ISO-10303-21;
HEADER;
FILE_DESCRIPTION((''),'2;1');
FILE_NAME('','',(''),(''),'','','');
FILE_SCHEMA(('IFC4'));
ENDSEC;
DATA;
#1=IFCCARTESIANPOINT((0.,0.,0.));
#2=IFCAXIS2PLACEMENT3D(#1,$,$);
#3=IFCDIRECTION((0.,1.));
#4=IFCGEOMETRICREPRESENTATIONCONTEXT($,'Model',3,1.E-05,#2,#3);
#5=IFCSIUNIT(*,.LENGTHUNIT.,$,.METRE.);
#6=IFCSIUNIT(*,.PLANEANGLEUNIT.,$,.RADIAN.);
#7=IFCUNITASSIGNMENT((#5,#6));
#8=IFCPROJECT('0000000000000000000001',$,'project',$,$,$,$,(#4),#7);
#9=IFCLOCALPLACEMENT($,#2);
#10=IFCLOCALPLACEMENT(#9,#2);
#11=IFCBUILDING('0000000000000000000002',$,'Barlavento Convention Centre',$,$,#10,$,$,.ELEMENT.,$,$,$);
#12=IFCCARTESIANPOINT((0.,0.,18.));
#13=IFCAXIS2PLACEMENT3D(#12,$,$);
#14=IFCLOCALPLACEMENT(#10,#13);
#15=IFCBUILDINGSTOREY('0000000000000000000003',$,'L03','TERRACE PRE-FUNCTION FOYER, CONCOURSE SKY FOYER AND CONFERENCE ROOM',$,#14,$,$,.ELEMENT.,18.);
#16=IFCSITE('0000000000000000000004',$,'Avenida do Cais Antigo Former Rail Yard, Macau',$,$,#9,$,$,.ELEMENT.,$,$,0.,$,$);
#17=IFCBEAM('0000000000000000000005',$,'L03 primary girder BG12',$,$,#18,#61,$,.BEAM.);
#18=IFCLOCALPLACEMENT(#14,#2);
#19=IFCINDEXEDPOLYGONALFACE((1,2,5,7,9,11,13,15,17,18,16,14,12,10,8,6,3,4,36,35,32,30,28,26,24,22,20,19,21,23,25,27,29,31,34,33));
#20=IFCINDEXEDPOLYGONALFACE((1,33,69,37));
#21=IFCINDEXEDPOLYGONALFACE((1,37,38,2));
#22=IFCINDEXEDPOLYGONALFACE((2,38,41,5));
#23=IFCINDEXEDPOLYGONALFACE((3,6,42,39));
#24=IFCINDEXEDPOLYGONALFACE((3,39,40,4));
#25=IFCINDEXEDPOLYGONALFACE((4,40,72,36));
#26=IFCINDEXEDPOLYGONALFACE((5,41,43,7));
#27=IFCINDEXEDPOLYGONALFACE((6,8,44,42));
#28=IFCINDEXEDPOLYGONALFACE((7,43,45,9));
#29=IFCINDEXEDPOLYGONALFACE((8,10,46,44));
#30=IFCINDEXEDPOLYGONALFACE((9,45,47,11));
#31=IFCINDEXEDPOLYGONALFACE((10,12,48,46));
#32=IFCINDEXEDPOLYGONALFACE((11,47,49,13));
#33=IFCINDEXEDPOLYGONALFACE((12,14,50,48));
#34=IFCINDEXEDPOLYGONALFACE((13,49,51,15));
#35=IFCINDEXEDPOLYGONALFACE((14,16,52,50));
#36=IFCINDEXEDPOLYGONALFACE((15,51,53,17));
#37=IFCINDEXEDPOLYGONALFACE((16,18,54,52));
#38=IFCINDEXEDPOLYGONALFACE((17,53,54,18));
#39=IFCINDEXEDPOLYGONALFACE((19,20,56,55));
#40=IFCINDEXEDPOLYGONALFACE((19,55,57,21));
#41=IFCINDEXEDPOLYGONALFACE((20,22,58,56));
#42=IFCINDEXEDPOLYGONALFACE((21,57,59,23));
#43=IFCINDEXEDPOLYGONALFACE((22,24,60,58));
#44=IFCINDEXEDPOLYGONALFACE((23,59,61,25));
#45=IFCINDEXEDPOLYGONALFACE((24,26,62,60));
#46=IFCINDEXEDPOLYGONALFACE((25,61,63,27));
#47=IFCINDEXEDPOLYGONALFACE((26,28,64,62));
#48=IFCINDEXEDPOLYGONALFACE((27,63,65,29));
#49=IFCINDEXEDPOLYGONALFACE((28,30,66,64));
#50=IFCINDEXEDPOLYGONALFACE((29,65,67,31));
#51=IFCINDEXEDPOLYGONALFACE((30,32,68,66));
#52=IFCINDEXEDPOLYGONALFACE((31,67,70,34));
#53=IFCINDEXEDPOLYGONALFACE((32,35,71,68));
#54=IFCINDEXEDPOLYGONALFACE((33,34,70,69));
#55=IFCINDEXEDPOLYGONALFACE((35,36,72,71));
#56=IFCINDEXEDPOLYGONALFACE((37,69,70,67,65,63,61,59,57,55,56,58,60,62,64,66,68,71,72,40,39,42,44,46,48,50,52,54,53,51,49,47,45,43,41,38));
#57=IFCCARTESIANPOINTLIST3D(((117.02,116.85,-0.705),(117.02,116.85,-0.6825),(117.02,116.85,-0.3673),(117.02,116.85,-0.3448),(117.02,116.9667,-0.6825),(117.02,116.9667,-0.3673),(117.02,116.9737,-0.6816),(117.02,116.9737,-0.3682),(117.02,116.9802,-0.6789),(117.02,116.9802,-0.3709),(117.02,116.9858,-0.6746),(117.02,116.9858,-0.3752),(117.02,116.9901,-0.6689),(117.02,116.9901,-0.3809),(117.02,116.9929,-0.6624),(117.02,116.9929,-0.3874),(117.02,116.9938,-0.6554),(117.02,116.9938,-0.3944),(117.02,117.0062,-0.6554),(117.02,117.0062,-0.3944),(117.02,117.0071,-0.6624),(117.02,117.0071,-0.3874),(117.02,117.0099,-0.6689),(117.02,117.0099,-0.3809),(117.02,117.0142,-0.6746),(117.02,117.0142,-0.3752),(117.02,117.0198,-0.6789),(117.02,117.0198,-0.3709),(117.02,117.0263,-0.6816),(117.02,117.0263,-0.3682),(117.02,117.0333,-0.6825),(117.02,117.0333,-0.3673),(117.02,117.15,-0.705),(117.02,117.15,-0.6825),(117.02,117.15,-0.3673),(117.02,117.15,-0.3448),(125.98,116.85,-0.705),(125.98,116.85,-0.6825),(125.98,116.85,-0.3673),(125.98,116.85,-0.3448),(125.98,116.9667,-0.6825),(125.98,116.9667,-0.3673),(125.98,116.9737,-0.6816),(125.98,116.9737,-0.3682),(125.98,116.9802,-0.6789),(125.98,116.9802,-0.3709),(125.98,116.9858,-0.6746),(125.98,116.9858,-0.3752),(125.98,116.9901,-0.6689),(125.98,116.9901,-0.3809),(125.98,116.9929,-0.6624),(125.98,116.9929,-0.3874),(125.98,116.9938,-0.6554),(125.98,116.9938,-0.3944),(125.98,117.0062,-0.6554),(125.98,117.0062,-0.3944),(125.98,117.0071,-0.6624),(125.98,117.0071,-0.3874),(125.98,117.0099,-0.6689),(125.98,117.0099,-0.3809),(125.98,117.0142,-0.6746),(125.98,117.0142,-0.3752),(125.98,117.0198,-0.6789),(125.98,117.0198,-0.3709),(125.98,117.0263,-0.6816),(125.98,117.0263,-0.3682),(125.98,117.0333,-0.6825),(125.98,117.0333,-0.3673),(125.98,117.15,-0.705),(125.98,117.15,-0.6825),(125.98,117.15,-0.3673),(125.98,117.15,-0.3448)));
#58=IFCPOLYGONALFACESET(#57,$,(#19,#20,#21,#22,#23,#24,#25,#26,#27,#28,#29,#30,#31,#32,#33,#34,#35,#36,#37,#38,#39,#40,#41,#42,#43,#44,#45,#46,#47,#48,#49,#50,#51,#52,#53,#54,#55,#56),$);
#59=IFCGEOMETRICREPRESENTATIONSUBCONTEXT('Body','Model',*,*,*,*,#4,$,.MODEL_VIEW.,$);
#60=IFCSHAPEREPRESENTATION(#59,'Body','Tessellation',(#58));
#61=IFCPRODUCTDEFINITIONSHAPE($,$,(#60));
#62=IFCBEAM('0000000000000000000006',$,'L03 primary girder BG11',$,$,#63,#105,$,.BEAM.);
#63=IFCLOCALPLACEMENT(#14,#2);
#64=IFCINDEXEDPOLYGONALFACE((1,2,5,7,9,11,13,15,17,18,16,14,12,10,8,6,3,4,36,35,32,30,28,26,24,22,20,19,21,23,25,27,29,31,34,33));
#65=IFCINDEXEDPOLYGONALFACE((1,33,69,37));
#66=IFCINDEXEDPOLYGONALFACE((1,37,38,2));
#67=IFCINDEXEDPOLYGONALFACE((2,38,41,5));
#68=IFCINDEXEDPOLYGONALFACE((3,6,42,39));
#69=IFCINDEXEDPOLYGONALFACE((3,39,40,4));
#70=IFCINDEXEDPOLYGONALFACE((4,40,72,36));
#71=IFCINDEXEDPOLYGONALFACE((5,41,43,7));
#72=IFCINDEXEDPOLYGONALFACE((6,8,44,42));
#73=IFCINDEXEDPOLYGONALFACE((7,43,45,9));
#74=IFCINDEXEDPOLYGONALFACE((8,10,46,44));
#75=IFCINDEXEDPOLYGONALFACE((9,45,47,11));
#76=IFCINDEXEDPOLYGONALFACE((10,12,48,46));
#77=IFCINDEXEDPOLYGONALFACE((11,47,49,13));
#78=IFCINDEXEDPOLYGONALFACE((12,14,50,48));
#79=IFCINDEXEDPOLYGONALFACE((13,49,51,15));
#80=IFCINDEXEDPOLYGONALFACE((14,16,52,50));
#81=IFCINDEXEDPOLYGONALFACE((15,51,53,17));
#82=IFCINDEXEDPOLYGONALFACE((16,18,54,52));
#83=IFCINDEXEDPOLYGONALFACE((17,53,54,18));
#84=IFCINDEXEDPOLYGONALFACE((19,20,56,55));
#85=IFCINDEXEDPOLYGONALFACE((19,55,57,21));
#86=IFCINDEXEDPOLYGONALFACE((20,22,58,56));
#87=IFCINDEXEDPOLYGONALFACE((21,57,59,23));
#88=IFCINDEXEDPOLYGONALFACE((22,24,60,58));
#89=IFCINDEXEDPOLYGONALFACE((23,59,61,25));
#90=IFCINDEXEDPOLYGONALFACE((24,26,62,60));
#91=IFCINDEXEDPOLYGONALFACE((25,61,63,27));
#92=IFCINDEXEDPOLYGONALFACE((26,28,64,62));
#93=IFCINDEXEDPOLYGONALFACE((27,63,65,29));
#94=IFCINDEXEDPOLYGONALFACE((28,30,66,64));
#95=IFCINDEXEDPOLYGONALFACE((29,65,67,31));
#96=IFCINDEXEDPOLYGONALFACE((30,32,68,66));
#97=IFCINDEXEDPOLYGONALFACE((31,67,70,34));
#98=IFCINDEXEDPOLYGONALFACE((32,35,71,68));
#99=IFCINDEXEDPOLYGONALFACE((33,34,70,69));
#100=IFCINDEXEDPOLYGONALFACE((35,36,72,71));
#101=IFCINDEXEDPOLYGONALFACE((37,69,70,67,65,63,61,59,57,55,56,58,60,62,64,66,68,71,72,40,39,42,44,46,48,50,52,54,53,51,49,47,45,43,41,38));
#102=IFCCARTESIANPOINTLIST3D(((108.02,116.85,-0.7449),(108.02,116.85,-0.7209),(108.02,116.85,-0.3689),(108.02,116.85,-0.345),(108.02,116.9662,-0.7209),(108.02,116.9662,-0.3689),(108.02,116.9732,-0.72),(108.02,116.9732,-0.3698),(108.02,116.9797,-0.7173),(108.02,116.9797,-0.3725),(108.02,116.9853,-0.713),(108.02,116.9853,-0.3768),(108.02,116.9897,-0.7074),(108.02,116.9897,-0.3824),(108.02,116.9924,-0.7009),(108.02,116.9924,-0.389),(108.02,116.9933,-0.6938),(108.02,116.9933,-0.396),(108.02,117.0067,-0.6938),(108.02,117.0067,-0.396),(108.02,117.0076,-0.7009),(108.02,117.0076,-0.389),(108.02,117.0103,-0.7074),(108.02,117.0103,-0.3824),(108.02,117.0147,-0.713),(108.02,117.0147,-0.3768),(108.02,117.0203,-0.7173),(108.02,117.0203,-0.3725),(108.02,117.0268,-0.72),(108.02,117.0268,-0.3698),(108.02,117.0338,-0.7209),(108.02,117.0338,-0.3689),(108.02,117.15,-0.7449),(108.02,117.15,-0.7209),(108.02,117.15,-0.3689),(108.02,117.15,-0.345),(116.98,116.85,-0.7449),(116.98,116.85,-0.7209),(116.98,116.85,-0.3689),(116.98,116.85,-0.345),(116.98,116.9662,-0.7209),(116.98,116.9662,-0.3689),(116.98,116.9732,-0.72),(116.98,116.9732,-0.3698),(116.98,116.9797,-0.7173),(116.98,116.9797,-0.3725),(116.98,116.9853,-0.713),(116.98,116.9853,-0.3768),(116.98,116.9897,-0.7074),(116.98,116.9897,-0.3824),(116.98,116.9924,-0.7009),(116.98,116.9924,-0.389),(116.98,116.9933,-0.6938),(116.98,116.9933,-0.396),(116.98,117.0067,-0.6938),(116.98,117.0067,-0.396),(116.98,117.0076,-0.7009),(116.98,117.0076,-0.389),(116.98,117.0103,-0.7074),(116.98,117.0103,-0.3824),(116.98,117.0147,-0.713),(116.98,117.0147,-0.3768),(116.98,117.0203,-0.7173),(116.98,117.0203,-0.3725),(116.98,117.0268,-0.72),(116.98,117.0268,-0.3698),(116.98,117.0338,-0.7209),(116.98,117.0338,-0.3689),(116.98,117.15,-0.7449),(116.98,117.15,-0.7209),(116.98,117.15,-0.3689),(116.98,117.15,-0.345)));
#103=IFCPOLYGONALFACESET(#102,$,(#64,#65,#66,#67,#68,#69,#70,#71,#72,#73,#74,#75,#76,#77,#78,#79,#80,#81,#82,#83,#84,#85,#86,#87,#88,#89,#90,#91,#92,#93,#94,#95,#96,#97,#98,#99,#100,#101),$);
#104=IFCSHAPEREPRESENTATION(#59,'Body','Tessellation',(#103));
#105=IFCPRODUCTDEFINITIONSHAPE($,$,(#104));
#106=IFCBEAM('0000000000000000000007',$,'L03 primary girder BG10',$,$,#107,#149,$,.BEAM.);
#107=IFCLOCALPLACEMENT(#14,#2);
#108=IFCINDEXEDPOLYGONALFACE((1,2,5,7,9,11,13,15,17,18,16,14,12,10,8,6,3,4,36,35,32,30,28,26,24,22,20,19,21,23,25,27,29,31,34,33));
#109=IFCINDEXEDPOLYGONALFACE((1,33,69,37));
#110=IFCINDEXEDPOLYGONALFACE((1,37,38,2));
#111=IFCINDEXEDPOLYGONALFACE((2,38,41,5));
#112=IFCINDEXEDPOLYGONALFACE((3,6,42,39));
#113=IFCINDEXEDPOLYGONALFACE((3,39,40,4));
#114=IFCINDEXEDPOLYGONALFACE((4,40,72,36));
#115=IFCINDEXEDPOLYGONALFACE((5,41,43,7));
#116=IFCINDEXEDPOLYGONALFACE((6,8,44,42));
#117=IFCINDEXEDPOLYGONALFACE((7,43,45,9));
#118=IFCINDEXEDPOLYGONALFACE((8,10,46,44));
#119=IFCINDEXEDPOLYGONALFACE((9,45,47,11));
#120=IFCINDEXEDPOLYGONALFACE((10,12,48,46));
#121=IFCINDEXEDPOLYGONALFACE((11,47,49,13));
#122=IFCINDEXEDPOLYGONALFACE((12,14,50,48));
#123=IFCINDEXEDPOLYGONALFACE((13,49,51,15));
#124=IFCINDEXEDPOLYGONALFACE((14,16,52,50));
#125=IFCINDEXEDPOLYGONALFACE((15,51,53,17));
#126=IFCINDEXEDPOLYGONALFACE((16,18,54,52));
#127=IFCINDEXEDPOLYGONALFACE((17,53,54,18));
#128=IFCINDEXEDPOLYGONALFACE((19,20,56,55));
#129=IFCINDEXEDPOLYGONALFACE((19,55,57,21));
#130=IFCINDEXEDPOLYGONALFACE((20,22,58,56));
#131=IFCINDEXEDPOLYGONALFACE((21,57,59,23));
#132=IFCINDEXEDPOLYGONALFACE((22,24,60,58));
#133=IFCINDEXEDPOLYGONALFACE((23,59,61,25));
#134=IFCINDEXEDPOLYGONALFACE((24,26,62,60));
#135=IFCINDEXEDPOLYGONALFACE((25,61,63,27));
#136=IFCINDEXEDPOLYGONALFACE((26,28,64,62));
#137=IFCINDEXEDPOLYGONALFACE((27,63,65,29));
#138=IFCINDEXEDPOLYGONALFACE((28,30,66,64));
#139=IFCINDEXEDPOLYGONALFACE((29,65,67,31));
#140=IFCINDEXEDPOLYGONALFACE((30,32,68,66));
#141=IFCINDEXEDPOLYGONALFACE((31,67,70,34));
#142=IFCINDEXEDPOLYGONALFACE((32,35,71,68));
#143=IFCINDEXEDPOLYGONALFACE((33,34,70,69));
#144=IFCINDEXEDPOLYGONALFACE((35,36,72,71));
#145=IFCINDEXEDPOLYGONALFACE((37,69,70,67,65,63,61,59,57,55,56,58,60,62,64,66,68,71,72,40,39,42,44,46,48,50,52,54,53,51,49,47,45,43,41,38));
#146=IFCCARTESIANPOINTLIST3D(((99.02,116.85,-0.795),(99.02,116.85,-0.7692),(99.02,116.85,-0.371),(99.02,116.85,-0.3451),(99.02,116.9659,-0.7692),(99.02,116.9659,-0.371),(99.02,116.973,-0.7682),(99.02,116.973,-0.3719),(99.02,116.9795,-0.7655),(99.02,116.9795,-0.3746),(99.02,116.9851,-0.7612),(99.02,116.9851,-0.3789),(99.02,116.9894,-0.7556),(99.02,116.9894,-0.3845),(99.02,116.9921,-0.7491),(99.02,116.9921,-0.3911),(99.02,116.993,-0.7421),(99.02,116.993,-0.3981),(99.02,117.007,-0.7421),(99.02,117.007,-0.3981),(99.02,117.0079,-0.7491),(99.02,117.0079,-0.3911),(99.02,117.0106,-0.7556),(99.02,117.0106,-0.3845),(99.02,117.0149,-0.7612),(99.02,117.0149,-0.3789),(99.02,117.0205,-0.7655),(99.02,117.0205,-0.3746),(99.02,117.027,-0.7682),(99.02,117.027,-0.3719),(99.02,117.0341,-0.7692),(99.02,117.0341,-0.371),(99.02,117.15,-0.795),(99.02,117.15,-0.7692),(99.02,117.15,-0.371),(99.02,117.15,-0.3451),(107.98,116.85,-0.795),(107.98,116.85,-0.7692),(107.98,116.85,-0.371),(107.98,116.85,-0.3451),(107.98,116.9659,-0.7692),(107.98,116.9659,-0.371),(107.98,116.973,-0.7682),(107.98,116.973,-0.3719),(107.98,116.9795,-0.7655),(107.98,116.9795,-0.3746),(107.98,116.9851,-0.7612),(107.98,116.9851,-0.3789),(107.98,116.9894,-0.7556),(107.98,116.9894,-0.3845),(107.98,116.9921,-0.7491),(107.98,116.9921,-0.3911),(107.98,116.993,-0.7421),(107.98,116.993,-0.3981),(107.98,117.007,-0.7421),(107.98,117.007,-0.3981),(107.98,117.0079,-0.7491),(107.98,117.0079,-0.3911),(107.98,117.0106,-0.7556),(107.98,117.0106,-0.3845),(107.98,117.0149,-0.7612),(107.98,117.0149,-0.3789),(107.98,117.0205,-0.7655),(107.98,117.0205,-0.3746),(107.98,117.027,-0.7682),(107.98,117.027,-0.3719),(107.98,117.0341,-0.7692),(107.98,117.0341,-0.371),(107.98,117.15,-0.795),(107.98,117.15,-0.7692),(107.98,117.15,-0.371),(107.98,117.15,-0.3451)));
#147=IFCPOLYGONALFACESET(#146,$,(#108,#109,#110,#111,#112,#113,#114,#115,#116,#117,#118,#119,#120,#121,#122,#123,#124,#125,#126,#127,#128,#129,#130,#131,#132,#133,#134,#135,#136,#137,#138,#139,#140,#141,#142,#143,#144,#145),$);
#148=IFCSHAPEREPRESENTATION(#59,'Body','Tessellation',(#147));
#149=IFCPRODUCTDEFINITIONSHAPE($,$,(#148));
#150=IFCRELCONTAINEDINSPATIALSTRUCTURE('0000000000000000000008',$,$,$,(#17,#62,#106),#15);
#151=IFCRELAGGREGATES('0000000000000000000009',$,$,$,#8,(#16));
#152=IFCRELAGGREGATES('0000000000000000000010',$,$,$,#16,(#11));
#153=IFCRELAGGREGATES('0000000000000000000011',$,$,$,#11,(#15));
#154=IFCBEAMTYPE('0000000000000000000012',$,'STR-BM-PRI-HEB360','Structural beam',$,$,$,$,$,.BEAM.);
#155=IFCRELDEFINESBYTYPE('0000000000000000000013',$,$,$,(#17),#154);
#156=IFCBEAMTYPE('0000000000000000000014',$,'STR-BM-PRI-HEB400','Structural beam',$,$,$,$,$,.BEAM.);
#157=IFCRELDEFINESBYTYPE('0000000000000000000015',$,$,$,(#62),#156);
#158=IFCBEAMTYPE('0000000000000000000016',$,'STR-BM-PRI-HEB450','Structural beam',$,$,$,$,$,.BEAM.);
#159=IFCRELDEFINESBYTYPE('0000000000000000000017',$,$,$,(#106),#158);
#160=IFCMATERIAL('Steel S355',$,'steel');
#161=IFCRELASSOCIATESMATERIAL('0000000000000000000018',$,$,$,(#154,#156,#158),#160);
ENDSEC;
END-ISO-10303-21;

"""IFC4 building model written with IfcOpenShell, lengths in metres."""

from ifc_helpers import new_model, si_unit, direction, frame, origin, origin_2d, place, context, subcontext, project, spatial, i_section, extrude, material, material_profile, profile_set, type_object, element, save


model = new_model("IFC4")

# Units and contexts
model_context = context("Model", 3, precision=1e-05, world=origin(), true_north=direction((0.0, 1.0)))
body_context = subcontext(model_context, "Body", "Model", "MODEL_VIEW")
ifc_project = project(units=[si_unit("LENGTHUNIT", "METRE"), si_unit("PLANEANGLEUNIT", "RADIAN")], contexts=[model_context])

# Site, building, storey
site_placement = place(None, origin())
site = spatial("IfcSite", under=ifc_project, at=site_placement, Name="Avenida do Cais Antigo Former Rail Yard, Macau", CompositionType="ELEMENT", RefElevation=0.0)
building_placement = place(site_placement, origin())
building = spatial("IfcBuilding", under=site, at=building_placement, Name="Barlavento Convention Centre", CompositionType="ELEMENT")
storey_placement = place(building_placement, frame((0.0, 0.0, 18.0)))
storey = spatial("IfcBuildingStorey", under=building, at=storey_placement, Name="L03", Description="TERRACE PRE-FUNCTION FOYER, CONCOURSE SKY FOYER AND CONFERENCE ROOM", CompositionType="ELEMENT", Elevation=18.0)

# Beams
ifc_material = material(Name="Steel S355", Category="steel")
ifc_material_profile_1 = material_profile(ifc_material, i_section(OverallWidth=0.3, OverallDepth=0.3601, WebThickness=0.0125, FlangeThickness=0.0225, FilletRadius=0.0271, at=origin_2d()), Name="HEB 360")
ifc_profile_set_1 = profile_set([ifc_material_profile_1], Name="Steel S355")
beam_type_1 = type_object("IfcBeamType", Name="STR-BM-PRI-HEB360", Description="Structural beam", PredefinedType="BEAM", material=ifc_profile_set_1)
beam_1_placement = place(storey_placement, frame((117.02, 117.0, -0.5249), z_axis=(1.0, 0.0, 0.0), x_axis=(0.0, 1.0, 0.0)))
element("IfcBeam", 1, at=beam_1_placement, inside=storey, type_object=beam_type_1, Name="L03 primary girder BG12", PredefinedType="BEAM", context=body_context, shape_type="SweptSolid", body=[
    extrude(i_section(OverallWidth=0.3, OverallDepth=0.3601, WebThickness=0.0125, FlangeThickness=0.0225, FilletRadius=0.0271, at=origin_2d()), origin(), (0.0, 0.0, 1.0), 8.96),
])
ifc_material_profile_2 = material_profile(ifc_material, i_section(OverallWidth=0.3, OverallDepth=0.3999, WebThickness=0.0134, FlangeThickness=0.0239, FilletRadius=0.0271, at=origin_2d()), Name="HEB 400")
ifc_profile_set_2 = profile_set([ifc_material_profile_2], Name="Steel S355")
beam_type_2 = type_object("IfcBeamType", Name="STR-BM-PRI-HEB400", Description="Structural beam", PredefinedType="BEAM", material=ifc_profile_set_2)
beam_2_placement = place(storey_placement, frame((108.02, 117.0, -0.5449), z_axis=(1.0, 0.0, 0.0), x_axis=(0.0, 1.0, 0.0)))
element("IfcBeam", 2, at=beam_2_placement, inside=storey, type_object=beam_type_2, Name="L03 primary girder BG11", PredefinedType="BEAM", context=body_context, shape_type="SweptSolid", body=[
    extrude(i_section(OverallWidth=0.3, OverallDepth=0.3999, WebThickness=0.0134, FlangeThickness=0.0239, FilletRadius=0.0271, at=origin_2d()), origin(), (0.0, 0.0, 1.0), 8.96),
])
ifc_material_profile_3 = material_profile(ifc_material, i_section(OverallWidth=0.3, OverallDepth=0.45, WebThickness=0.0139, FlangeThickness=0.0259, FilletRadius=0.0271, at=origin_2d()), Name="HEB 450")
ifc_profile_set_3 = profile_set([ifc_material_profile_3], Name="Steel S355")
beam_type_3 = type_object("IfcBeamType", Name="STR-BM-PRI-HEB450", Description="Structural beam", PredefinedType="BEAM", material=ifc_profile_set_3)
beam_3_placement = place(storey_placement, frame((99.02, 117.0, -0.5701), z_axis=(1.0, 0.0, 0.0), x_axis=(0.0, 1.0, 0.0)))
element("IfcBeam", 3, at=beam_3_placement, inside=storey, type_object=beam_type_3, Name="L03 primary girder BG10", PredefinedType="BEAM", context=body_context, shape_type="SweptSolid", body=[
    extrude(i_section(OverallWidth=0.3, OverallDepth=0.45, WebThickness=0.0139, FlangeThickness=0.0259, FilletRadius=0.0271, at=origin_2d()), origin(), (0.0, 0.0, 1.0), 8.96),
])

save(model, "model.ifc")
